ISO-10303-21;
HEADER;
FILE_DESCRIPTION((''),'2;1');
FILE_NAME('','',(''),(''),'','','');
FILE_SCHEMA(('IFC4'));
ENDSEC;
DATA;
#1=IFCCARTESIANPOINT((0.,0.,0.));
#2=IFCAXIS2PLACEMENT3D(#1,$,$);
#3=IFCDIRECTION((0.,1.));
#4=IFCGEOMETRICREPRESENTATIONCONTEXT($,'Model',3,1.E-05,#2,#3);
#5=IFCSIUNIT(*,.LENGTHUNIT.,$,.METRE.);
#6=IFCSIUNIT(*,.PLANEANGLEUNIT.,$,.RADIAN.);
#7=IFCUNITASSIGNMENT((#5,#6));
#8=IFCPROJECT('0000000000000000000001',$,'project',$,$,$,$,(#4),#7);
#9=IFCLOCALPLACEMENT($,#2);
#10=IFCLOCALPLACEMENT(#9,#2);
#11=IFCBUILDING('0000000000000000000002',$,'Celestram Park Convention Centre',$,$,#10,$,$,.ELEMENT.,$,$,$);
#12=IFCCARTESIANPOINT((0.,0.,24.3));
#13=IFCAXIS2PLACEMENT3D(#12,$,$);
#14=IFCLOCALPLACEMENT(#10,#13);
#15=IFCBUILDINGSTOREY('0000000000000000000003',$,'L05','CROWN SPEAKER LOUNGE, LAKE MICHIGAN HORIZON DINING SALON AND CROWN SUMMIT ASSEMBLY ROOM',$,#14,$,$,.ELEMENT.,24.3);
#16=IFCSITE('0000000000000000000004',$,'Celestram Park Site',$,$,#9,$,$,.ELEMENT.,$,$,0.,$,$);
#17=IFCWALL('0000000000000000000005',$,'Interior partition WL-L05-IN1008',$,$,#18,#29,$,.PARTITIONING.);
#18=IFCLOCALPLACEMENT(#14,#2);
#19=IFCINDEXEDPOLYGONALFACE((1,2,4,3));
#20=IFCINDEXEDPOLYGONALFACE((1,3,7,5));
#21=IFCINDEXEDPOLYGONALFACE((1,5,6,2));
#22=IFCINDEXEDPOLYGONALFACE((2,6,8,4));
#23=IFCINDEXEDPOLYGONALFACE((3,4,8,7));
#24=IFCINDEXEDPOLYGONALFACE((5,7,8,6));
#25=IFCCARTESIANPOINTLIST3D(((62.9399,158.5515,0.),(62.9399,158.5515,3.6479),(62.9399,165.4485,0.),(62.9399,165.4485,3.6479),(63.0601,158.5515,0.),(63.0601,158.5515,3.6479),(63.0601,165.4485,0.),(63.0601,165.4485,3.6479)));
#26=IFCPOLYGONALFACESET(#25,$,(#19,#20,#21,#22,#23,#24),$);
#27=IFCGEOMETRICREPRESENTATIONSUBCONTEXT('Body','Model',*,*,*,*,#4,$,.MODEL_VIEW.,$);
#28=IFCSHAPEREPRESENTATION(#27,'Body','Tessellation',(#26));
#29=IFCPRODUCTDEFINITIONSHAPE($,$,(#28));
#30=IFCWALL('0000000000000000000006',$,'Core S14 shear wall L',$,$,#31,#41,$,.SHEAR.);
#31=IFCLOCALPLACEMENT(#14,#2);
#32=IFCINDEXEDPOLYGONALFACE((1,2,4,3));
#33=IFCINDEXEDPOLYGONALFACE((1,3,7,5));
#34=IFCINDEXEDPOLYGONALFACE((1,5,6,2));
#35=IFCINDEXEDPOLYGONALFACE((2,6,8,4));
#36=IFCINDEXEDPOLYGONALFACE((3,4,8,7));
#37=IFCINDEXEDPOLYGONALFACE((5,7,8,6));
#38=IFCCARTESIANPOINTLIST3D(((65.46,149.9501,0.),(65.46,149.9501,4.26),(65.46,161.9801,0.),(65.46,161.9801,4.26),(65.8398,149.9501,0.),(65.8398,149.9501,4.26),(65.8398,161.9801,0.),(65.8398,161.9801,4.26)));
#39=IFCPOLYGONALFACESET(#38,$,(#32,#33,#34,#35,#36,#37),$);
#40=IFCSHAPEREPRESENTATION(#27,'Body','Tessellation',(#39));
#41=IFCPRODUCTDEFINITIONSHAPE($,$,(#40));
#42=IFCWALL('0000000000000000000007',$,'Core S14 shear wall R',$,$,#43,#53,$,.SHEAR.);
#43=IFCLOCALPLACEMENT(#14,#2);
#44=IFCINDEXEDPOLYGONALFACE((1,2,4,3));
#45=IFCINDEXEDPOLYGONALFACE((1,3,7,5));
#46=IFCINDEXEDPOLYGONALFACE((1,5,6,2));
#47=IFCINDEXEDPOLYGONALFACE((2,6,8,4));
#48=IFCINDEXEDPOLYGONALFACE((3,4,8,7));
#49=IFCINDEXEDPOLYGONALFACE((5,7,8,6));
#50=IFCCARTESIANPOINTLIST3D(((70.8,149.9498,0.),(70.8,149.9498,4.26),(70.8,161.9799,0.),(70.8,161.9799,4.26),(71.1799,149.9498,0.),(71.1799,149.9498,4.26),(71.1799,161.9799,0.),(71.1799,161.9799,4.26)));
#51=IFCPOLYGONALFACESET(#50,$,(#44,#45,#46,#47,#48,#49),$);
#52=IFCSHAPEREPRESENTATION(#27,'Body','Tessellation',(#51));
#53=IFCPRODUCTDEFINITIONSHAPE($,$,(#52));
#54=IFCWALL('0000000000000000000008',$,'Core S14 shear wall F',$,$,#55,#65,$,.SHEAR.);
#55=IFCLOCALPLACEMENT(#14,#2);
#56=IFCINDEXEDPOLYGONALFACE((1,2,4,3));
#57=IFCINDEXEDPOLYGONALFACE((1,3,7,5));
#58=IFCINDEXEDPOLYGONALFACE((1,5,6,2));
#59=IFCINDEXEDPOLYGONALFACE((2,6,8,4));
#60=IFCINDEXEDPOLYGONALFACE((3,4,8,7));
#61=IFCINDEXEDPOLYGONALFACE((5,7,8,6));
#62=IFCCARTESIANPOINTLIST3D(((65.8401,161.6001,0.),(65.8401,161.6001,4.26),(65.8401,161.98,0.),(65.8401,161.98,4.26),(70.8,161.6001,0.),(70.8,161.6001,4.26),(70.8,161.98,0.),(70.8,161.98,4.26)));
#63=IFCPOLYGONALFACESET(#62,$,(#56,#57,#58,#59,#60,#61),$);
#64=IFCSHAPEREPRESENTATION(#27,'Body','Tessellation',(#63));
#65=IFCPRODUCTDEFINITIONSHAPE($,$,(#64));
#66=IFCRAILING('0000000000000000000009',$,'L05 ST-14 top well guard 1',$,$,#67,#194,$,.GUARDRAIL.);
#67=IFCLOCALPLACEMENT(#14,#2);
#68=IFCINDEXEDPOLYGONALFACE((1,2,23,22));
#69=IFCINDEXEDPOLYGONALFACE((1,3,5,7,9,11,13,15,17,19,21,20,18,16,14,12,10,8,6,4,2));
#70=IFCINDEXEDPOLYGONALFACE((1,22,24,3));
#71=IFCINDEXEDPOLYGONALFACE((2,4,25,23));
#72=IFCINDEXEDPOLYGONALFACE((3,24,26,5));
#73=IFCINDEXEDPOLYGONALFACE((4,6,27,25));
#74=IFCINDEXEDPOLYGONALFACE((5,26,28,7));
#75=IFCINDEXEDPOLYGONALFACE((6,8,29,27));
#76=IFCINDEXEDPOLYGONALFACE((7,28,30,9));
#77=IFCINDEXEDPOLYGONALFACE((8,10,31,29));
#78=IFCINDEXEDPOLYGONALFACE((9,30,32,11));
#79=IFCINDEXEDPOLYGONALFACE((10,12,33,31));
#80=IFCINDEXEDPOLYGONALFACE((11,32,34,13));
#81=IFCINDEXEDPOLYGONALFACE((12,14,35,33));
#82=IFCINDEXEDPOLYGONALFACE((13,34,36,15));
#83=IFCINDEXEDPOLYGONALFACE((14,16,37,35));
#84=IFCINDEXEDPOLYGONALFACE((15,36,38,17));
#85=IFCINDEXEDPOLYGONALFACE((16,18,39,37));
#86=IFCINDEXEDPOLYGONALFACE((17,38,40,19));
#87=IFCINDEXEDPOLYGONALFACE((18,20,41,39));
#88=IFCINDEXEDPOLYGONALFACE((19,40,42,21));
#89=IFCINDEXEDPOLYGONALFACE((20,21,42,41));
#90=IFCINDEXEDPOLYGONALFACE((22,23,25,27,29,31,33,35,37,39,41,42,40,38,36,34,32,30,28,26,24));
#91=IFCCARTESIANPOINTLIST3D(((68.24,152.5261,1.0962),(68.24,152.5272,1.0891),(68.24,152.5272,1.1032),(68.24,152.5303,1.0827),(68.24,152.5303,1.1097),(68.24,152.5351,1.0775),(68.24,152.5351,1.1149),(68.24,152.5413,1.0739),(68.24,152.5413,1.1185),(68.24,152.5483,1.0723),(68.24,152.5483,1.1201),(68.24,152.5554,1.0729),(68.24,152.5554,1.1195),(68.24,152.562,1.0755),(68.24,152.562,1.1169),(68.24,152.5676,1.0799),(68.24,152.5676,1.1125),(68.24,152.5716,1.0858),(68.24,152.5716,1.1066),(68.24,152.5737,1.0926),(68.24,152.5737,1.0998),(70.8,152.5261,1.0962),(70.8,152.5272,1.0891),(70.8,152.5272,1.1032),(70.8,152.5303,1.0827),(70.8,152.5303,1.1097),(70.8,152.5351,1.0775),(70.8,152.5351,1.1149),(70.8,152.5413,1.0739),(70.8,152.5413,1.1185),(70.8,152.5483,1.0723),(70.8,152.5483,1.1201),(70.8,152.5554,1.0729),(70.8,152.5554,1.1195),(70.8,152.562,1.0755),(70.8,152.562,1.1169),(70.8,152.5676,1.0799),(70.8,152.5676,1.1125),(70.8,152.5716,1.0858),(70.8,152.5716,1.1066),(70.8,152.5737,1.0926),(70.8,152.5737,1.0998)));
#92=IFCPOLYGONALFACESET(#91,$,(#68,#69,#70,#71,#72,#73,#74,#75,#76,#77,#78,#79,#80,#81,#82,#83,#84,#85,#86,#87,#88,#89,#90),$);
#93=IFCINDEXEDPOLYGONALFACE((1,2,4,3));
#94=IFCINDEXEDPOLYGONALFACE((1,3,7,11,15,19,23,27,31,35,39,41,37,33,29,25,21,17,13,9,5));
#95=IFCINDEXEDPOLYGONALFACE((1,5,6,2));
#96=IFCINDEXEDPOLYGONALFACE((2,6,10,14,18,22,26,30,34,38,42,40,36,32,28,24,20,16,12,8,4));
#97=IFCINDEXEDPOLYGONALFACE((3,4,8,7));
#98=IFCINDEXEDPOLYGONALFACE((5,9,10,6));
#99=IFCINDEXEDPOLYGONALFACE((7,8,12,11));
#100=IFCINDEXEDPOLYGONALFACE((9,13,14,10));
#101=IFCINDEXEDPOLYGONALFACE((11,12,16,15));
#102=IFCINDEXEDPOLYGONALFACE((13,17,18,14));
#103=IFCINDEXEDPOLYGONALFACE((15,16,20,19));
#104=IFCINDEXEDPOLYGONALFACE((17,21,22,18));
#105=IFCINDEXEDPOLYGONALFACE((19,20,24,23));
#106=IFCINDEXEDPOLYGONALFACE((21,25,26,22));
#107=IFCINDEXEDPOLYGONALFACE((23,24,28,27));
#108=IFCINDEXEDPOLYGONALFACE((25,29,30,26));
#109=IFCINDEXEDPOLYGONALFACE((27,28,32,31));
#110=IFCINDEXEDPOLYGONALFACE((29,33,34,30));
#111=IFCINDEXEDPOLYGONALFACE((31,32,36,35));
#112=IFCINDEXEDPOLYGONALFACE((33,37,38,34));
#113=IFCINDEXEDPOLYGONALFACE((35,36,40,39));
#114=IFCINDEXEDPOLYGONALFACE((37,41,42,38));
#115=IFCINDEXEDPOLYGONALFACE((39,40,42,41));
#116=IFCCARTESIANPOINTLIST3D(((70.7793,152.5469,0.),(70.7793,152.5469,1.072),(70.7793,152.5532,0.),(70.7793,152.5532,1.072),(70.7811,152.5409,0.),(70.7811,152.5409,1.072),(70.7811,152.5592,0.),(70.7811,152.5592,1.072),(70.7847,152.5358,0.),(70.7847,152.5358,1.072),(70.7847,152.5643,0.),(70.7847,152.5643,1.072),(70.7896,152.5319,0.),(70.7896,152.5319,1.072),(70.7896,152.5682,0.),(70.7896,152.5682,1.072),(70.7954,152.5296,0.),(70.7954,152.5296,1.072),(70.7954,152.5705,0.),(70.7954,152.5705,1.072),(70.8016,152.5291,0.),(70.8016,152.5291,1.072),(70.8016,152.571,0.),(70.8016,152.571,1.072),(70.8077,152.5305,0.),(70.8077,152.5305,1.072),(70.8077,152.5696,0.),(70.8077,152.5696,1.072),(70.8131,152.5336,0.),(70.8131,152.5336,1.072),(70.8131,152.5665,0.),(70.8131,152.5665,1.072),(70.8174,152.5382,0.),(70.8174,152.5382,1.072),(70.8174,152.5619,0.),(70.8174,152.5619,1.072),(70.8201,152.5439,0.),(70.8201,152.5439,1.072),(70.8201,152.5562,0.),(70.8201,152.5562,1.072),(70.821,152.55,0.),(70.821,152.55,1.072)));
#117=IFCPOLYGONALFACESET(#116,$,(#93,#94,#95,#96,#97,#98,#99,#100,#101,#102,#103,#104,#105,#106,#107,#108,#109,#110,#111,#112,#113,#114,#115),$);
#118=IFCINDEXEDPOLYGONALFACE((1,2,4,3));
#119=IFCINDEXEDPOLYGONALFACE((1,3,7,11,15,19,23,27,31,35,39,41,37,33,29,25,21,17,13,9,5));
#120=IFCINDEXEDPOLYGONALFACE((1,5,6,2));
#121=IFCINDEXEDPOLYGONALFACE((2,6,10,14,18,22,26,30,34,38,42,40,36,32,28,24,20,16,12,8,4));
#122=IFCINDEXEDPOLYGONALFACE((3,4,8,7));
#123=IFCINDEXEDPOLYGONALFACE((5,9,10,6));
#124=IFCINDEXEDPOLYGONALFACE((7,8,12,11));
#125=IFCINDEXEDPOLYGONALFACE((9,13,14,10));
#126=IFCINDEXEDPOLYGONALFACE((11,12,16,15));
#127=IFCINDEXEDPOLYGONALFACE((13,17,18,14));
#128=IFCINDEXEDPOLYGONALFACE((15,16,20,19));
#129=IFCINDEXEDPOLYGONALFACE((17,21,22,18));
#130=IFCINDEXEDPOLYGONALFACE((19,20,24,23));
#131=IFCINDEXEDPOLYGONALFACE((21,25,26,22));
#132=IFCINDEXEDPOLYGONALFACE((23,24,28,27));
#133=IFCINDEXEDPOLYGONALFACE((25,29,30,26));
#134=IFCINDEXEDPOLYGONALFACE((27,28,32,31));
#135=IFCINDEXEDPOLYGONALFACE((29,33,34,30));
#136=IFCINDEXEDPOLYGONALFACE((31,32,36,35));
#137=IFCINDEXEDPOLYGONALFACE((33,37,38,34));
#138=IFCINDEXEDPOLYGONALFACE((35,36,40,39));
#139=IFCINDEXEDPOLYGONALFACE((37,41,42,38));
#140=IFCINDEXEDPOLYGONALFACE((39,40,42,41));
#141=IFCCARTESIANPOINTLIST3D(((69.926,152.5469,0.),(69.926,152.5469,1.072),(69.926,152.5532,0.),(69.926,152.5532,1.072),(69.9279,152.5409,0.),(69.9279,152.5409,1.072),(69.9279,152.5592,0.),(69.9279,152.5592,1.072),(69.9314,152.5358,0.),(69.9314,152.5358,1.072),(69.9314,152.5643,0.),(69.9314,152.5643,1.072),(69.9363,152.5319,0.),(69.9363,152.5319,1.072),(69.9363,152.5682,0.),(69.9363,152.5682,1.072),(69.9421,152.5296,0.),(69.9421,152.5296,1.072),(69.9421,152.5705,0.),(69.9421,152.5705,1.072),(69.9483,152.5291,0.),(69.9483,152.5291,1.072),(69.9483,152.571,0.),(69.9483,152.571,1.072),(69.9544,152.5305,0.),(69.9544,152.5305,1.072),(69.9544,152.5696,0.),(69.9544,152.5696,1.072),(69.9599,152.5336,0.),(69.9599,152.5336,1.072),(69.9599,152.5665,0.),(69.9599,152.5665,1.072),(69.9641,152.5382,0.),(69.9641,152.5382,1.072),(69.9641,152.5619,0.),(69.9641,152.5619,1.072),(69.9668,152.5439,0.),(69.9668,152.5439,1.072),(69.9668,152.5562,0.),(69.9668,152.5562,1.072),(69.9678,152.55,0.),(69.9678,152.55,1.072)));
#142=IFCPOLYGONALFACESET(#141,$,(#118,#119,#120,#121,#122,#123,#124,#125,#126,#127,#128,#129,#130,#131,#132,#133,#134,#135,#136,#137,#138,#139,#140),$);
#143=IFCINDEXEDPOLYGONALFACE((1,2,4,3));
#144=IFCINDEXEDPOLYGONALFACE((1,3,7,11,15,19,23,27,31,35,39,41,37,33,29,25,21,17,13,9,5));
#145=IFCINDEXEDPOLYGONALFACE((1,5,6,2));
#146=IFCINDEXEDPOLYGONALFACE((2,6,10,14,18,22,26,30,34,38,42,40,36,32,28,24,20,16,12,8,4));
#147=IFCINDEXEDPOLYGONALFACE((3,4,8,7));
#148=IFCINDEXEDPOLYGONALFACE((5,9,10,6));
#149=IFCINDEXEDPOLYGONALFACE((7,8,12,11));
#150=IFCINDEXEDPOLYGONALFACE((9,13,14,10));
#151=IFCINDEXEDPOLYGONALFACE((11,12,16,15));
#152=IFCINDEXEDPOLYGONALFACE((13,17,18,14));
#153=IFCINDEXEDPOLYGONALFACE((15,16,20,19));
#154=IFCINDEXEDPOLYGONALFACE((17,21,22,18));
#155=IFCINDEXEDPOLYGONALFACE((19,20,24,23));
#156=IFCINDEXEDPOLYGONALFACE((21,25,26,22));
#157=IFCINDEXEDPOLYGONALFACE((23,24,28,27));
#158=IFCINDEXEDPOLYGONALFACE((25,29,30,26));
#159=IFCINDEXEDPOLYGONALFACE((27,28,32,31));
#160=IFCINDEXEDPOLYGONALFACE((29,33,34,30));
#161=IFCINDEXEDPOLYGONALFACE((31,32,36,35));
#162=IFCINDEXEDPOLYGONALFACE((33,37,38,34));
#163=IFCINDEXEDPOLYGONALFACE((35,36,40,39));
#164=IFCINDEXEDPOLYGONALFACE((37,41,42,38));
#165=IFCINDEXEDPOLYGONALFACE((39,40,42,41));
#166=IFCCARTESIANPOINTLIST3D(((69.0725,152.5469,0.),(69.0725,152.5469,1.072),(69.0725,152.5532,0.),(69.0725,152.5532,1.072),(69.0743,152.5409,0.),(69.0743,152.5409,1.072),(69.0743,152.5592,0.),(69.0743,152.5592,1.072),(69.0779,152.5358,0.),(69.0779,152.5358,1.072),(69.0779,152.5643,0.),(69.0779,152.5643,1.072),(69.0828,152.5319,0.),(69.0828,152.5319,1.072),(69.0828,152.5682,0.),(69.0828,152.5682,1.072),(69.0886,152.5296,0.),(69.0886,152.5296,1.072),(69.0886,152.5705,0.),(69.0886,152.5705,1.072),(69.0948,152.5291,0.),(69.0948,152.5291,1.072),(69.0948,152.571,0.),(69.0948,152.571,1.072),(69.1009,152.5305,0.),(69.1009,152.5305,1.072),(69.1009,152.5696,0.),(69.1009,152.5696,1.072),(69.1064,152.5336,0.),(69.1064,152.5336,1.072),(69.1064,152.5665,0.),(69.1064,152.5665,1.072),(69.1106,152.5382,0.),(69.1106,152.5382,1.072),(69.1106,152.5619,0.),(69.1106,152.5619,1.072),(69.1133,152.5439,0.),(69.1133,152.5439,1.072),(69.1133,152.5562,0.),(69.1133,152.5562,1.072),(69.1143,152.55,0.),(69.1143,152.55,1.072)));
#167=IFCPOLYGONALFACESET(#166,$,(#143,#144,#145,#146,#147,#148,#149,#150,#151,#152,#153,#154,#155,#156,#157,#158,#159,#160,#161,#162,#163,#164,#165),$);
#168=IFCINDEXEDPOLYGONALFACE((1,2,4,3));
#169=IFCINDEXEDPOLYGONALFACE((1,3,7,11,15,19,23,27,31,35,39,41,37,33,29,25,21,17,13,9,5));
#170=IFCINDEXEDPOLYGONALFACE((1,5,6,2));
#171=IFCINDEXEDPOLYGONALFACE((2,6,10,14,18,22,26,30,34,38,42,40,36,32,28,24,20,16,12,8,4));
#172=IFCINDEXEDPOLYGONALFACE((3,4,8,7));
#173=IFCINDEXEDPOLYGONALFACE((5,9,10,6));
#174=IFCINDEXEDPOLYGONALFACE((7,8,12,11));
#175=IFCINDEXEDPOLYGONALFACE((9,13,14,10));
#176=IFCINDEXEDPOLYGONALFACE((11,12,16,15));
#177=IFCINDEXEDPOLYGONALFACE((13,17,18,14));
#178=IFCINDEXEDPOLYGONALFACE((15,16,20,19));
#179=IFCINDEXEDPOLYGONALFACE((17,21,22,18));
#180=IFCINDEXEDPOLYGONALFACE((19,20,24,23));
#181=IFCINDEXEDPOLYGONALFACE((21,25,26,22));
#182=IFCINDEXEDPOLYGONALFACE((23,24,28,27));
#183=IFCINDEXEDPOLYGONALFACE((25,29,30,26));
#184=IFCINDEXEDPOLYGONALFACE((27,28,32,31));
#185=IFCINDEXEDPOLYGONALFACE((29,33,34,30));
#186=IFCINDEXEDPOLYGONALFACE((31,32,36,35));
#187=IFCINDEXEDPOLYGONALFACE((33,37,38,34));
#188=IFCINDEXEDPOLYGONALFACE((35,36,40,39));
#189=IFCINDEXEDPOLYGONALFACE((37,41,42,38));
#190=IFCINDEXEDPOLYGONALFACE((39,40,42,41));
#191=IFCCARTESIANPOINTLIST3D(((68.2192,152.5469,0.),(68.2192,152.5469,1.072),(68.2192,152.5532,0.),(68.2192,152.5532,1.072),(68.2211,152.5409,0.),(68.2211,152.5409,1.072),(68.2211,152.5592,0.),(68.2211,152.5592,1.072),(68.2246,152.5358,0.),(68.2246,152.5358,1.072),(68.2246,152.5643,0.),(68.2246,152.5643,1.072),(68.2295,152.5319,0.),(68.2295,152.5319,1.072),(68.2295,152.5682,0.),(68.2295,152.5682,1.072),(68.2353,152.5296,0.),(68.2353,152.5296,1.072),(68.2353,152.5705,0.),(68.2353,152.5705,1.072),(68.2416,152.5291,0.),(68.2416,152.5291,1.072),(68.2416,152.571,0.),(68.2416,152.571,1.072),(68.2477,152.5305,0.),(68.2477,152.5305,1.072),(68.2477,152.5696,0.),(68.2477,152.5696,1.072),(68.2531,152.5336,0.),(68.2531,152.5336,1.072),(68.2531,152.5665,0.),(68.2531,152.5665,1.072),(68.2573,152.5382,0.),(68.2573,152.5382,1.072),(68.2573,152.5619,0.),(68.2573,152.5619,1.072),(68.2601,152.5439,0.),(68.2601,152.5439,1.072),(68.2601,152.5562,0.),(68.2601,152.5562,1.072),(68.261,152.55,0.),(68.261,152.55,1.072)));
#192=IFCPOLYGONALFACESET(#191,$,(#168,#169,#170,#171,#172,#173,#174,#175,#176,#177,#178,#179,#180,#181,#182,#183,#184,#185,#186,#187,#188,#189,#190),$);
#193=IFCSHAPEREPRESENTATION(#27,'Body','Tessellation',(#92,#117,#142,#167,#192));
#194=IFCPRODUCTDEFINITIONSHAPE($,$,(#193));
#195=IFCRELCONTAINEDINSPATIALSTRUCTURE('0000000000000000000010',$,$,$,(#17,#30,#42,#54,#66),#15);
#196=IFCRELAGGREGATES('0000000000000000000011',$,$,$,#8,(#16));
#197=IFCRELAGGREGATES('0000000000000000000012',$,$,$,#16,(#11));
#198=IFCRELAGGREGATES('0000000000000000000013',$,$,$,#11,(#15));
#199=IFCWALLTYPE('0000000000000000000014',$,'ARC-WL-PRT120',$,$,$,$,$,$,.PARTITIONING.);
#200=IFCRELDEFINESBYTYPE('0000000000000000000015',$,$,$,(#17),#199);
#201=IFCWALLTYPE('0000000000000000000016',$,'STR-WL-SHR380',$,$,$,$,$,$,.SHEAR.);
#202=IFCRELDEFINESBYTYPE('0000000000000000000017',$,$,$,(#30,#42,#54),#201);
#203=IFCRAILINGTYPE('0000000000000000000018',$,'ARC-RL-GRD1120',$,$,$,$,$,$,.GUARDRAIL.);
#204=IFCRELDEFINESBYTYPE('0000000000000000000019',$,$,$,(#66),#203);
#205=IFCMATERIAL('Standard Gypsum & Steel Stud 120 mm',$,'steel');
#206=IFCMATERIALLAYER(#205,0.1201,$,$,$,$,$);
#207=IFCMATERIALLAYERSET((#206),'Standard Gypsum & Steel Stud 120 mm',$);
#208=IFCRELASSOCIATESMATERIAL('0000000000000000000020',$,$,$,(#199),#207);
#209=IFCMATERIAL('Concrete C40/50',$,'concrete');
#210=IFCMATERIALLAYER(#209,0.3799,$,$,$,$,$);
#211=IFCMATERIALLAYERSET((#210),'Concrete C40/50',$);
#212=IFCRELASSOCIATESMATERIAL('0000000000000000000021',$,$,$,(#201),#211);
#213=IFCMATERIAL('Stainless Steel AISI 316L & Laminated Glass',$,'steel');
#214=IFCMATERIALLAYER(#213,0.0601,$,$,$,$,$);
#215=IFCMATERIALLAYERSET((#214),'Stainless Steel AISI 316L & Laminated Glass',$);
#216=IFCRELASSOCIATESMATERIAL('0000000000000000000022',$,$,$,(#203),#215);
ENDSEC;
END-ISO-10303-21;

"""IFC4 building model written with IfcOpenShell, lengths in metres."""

from ifc_helpers import new_model, si_unit, direction, frame, frame_2d, origin, origin_2d, place, context, subcontext, project, spatial, rectangle, circle, extrude, material, layer, layer_set, type_object, element, save


model = new_model("IFC4")

# Units and contexts
model_context = context("Model", 3, precision=1e-05, world=origin(), true_north=direction((0.0, 1.0)))
body_context = subcontext(model_context, "Body", "Model", "MODEL_VIEW")
ifc_project = project(units=[si_unit("LENGTHUNIT", "METRE"), si_unit("PLANEANGLEUNIT", "RADIAN")], contexts=[model_context])

# Site, building, storey
site_placement = place(None, origin())
site = spatial("IfcSite", under=ifc_project, at=site_placement, Name="Celestram Park Site", CompositionType="ELEMENT", RefElevation=0.0)
building_placement = place(site_placement, origin())
building = spatial("IfcBuilding", under=site, at=building_placement, Name="Celestram Park Convention Centre", CompositionType="ELEMENT")
storey_placement = place(building_placement, frame((0.0, 0.0, 24.3)))
storey = spatial("IfcBuildingStorey", under=building, at=storey_placement, Name="L05", Description="CROWN SPEAKER LOUNGE, LAKE MICHIGAN HORIZON DINING SALON AND CROWN SUMMIT ASSEMBLY ROOM", CompositionType="ELEMENT", Elevation=24.3)

# Walls
ifc_material_1 = material(Name="Standard Gypsum & Steel Stud 120 mm", Category="steel")
ifc_layer_1 = layer(ifc_material_1, 0.1201)
ifc_layer_set_1 = layer_set([ifc_layer_1], Name="Standard Gypsum & Steel Stud 120 mm")
wall_type_1 = type_object("IfcWallType", Name="ARC-WL-PRT120", PredefinedType="PARTITIONING", material=ifc_layer_set_1)
for number, where, z_axis, x_axis, name in (
    (1, (63.0, 158.5515, 0.0), (0.0, 0.0, 1.0), (0.0, 1.0, 0.0), "Interior partition WL-L05-IN1008"),
):
    element("IfcWall", number, at=place(storey_placement, frame(where, z_axis=z_axis, x_axis=x_axis)), inside=storey, type_object=wall_type_1, Name=name, PredefinedType="PARTITIONING", context=body_context, shape_type="SweptSolid", body=[
        extrude(rectangle(XDim=6.897, YDim=0.1201, at=frame_2d((3.4485, 0.0))), origin(), (0.0, 0.0, 1.0), 3.6479),
    ])
ifc_material_2 = material(Name="Concrete C40/50", Category="concrete")
ifc_layer_2 = layer(ifc_material_2, 0.3799)
ifc_layer_set_2 = layer_set([ifc_layer_2], Name="Concrete C40/50")
wall_type_2 = type_object("IfcWallType", Name="STR-WL-SHR380", PredefinedType="SHEAR", material=ifc_layer_set_2)
for number, where, z_axis, x_axis, name in (
    (2, (65.6499, 149.95, 0.0), (0.0, 0.0, 1.0), (0.0, 1.0, 0.0), "Core S14 shear wall L"),
    (3, (70.99, 161.98, 0.0), (0.0, 0.0, 1.0), (0.0, -1.0, 0.0), "Core S14 shear wall R"),
):
    element("IfcWall", number, at=place(storey_placement, frame(where, z_axis=z_axis, x_axis=x_axis)), inside=storey, type_object=wall_type_2, Name=name, PredefinedType="SHEAR", context=body_context, shape_type="SweptSolid", body=[
        extrude(rectangle(XDim=12.03, YDim=0.3799, at=frame_2d((6.0151, 0.0))), origin(), (0.0, 0.0, 1.0), 4.26),
    ])
wall_1_placement = place(storey_placement, frame((65.8401, 161.79, 0.0), z_axis=(0.0, 0.0, 1.0), x_axis=(1.0, 0.0, 0.0)))
element("IfcWall", 4, at=wall_1_placement, inside=storey, type_object=wall_type_2, Name="Core S14 shear wall F", PredefinedType="SHEAR", context=body_context, shape_type="SweptSolid", body=[
    extrude(rectangle(XDim=4.96, YDim=0.3799, at=frame_2d((2.48, 0.0))), origin(), (0.0, 0.0, 1.0), 4.26),
])

# Railing
ifc_material_3 = material(Name="Stainless Steel AISI 316L & Laminated Glass", Category="steel")
ifc_layer_3 = layer(ifc_material_3, 0.0601)
ifc_layer_set_3 = layer_set([ifc_layer_3], Name="Stainless Steel AISI 316L & Laminated Glass")
railing_type = type_object("IfcRailingType", Name="ARC-RL-GRD1120", PredefinedType="GUARDRAIL", material=ifc_layer_set_3)
railing_placement = place(storey_placement, frame((70.8, 152.55, 0.0)))
element("IfcRailing", 5, at=railing_placement, inside=storey, type_object=railing_type, Name="L05 ST-14 top well guard 1", PredefinedType="GUARDRAIL", context=body_context, shape_type="SweptSolid", body=[
    extrude(circle(Radius=0.0239, at=origin_2d()), frame((0.0, 0.0, 1.0962), z_axis=(-1.0, 0.0, 0.0), x_axis=(0.0, -1.0, 0.0)), (0.0, 0.0, 1.0), 2.5601),
    extrude(circle(Radius=0.021, at=origin_2d()), origin(), (0.0, 0.0, 1.0), 1.072),
    extrude(circle(Radius=0.021, at=origin_2d()), frame((-0.8533, 0.0, 0.0)), (0.0, 0.0, 1.0), 1.072),
    extrude(circle(Radius=0.021, at=origin_2d()), frame((-1.7068, 0.0, 0.0)), (0.0, 0.0, 1.0), 1.072),
    extrude(circle(Radius=0.021, at=origin_2d()), frame((-2.5601, 0.0, 0.0)), (0.0, 0.0, 1.0), 1.072),
])

save(model, "model.ifc")
